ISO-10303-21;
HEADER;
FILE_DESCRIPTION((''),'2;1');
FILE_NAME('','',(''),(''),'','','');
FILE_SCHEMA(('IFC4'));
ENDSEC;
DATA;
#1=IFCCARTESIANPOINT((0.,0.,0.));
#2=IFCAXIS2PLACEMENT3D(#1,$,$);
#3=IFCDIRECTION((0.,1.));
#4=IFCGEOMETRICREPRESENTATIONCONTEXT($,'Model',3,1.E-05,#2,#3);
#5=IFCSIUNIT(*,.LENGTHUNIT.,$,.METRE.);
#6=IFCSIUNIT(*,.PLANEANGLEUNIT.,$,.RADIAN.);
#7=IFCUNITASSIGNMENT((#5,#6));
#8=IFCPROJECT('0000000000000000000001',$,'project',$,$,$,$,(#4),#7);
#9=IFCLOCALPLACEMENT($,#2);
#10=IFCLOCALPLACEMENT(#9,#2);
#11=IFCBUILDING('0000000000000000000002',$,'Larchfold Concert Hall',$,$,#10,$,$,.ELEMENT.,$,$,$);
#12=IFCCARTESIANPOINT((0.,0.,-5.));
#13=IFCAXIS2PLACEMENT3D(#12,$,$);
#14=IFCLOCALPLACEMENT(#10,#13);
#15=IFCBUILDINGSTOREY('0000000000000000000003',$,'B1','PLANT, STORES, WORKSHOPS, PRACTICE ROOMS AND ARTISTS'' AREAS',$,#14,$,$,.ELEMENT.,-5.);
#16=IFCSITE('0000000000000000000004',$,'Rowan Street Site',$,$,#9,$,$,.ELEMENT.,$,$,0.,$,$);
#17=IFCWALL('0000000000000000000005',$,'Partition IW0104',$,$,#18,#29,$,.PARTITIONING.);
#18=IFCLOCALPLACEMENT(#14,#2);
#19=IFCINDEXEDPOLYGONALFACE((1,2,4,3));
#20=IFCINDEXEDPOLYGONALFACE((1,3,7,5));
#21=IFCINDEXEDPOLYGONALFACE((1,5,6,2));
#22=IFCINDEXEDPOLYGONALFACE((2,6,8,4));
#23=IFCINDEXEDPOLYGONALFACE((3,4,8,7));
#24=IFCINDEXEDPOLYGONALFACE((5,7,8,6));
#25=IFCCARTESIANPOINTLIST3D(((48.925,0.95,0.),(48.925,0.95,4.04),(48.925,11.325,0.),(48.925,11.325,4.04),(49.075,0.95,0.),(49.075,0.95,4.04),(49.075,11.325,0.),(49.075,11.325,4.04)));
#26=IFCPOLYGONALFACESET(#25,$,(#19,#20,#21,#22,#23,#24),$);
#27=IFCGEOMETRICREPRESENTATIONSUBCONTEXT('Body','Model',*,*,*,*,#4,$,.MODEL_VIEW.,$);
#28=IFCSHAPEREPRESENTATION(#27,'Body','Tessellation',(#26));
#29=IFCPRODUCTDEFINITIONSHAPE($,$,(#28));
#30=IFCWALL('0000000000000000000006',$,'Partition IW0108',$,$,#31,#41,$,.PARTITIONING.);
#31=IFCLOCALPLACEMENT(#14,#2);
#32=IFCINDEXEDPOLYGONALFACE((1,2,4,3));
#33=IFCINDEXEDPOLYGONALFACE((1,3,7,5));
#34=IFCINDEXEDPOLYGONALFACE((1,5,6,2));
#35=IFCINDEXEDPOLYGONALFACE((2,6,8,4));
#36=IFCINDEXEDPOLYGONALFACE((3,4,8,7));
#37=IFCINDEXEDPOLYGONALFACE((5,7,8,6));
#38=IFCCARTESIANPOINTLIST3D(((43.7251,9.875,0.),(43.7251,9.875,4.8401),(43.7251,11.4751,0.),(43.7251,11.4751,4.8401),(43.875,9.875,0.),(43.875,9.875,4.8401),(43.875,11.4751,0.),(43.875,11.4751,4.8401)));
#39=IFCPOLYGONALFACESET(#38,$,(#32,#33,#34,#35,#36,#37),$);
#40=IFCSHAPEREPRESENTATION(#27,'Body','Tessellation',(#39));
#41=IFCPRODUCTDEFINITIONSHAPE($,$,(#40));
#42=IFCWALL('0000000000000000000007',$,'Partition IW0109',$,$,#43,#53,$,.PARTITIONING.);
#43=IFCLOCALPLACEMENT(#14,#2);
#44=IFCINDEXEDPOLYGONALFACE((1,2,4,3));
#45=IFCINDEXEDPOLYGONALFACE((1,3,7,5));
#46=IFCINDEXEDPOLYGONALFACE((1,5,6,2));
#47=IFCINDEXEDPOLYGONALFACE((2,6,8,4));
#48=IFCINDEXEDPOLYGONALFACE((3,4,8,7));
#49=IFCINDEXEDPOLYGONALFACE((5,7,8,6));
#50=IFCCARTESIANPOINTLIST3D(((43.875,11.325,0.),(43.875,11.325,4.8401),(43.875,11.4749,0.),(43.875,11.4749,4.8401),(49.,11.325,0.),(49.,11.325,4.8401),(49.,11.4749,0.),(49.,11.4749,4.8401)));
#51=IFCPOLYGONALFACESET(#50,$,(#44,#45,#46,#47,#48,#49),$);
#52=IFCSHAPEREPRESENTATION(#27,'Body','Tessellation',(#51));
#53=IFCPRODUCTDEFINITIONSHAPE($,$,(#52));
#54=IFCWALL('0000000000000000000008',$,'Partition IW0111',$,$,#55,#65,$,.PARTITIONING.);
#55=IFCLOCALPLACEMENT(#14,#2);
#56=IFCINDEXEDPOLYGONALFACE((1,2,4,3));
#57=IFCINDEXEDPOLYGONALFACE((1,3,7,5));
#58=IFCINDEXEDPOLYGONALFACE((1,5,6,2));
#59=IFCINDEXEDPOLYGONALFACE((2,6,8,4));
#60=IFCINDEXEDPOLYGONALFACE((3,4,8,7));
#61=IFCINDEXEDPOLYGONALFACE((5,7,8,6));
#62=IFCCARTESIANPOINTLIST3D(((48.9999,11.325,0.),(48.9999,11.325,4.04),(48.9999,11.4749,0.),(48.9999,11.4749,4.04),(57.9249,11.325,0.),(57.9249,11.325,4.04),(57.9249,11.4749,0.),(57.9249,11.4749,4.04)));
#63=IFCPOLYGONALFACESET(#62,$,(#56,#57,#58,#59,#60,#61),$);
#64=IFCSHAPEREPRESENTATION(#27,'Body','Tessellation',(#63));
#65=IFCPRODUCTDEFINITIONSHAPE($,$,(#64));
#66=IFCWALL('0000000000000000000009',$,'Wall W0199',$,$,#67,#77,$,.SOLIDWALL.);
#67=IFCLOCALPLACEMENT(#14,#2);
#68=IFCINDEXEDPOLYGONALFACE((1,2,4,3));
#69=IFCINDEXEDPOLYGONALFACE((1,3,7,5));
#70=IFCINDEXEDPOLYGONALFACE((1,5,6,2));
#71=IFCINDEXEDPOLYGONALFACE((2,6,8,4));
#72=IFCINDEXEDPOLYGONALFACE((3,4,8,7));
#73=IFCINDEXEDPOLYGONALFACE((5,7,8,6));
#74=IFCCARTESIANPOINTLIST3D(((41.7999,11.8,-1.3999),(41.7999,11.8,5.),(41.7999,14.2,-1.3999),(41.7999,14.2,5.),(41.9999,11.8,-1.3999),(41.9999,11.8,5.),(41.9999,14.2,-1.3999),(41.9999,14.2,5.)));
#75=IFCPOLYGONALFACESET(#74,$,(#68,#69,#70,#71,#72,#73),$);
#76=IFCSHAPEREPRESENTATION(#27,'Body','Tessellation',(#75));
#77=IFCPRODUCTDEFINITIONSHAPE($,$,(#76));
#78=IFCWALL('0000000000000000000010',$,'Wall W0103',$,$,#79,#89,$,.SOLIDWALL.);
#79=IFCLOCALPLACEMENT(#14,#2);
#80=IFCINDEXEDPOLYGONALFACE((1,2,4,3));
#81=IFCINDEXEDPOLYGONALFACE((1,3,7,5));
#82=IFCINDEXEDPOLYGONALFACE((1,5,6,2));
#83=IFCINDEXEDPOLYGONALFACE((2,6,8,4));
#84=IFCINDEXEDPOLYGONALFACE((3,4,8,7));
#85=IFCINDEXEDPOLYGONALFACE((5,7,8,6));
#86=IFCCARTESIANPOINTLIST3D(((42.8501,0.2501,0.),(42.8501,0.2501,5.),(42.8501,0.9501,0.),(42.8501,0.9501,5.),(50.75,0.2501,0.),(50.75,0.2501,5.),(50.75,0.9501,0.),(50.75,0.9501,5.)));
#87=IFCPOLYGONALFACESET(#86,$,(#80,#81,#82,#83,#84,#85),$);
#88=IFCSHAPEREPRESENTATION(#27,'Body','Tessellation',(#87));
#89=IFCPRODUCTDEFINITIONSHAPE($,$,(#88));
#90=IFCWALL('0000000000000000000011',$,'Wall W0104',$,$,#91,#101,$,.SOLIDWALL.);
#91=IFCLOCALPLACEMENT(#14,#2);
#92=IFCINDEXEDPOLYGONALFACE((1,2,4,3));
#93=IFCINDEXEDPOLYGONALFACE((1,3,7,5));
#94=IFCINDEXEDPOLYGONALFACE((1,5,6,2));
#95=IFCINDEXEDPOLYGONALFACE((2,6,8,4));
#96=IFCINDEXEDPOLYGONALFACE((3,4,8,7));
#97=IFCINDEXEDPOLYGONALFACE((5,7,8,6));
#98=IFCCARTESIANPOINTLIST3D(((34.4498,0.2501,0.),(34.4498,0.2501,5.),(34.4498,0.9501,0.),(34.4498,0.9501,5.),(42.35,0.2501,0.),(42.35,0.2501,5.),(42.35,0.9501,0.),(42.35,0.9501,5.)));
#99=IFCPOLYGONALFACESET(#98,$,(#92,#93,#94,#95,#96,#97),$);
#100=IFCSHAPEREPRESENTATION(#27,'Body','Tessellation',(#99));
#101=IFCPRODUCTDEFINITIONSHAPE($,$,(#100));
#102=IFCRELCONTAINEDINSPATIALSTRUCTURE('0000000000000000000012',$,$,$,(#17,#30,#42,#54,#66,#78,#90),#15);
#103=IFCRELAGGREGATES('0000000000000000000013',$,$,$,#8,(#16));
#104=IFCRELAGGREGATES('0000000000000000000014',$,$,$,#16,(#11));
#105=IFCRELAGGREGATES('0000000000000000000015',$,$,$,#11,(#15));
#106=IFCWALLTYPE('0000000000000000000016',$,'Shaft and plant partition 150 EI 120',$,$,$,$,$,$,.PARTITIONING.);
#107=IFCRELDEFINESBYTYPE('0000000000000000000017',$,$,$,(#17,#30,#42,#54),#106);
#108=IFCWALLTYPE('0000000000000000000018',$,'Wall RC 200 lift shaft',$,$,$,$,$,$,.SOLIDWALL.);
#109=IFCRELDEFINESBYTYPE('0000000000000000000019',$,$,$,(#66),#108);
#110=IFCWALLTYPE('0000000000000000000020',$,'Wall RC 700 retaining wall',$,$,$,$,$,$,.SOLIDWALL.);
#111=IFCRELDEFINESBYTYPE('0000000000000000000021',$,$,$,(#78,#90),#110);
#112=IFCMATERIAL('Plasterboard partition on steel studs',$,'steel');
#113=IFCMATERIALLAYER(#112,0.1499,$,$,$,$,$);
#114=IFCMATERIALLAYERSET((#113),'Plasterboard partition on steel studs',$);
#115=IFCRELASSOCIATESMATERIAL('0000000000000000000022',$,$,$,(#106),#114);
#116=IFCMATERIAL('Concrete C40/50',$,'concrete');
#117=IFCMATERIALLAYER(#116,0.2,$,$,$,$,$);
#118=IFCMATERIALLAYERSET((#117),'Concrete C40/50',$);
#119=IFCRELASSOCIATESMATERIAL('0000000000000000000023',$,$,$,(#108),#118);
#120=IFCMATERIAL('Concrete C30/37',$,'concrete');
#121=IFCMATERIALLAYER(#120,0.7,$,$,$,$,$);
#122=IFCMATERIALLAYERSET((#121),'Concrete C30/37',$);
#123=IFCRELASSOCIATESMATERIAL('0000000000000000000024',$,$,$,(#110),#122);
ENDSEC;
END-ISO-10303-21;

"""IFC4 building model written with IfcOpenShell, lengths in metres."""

from ifc_helpers import new_model, si_unit, direction, frame, frame_2d, origin, place, context, subcontext, project, spatial, rectangle, extrude, material, layer, layer_set, type_object, element, save


model = new_model("IFC4")

# Units and contexts
model_context = context("Model", 3, precision=1e-05, world=origin(), true_north=direction((0.0, 1.0)))
body_context = subcontext(model_context, "Body", "Model", "MODEL_VIEW")
ifc_project = project(units=[si_unit("LENGTHUNIT", "METRE"), si_unit("PLANEANGLEUNIT", "RADIAN")], contexts=[model_context])

# Site, building, storey
site_placement = place(None, origin())
site = spatial("IfcSite", under=ifc_project, at=site_placement, Name="Rowan Street Site", CompositionType="ELEMENT", RefElevation=0.0)
building_placement = place(site_placement, origin())
building = spatial("IfcBuilding", under=site, at=building_placement, Name="Larchfold Concert Hall", CompositionType="ELEMENT")
storey_placement = place(building_placement, frame((0.0, 0.0, -5.0)))
storey = spatial("IfcBuildingStorey", under=building, at=storey_placement, Name="B1", Description="PLANT, STORES, WORKSHOPS, PRACTICE ROOMS AND ARTISTS' AREAS", CompositionType="ELEMENT", Elevation=-5.0)

# Walls
ifc_material_1 = material(Name="Plasterboard partition on steel studs", Category="steel")
ifc_layer_1 = layer(ifc_material_1, 0.1499)
ifc_layer_set_1 = layer_set([ifc_layer_1], Name="Plasterboard partition on steel studs")
wall_type_1 = type_object("IfcWallType", Name="Shaft and plant partition 150 EI 120", PredefinedType="PARTITIONING", material=ifc_layer_set_1)
wall_1_placement = place(storey_placement, frame((49.0, 11.325, 0.0), z_axis=(0.0, 0.0, 1.0), x_axis=(0.0, -1.0, 0.0)))
element("IfcWall", 1, at=wall_1_placement, inside=storey, type_object=wall_type_1, Name="Partition IW0104", PredefinedType="PARTITIONING", context=body_context, shape_type="SweptSolid", body=[
    extrude(rectangle(XDim=10.375, YDim=0.1499, at=frame_2d((5.1875, 0.0))), origin(), (0.0, 0.0, 1.0), 4.04),
])
wall_2_placement = place(storey_placement, frame((43.8, 9.875, 0.0), z_axis=(0.0, 0.0, 1.0), x_axis=(0.0, 1.0, 0.0)))
element("IfcWall", 2, at=wall_2_placement, inside=storey, type_object=wall_type_1, Name="Partition IW0108", PredefinedType="PARTITIONING", context=body_context, shape_type="SweptSolid", body=[
    extrude(rectangle(XDim=1.6001, YDim=0.1499, at=frame_2d((0.8, 0.0))), origin(), (0.0, 0.0, 1.0), 4.8401),
])
wall_3_placement = place(storey_placement, frame((43.875, 11.3999, 0.0), z_axis=(0.0, 0.0, 1.0), x_axis=(1.0, 0.0, 0.0)))
element("IfcWall", 3, at=wall_3_placement, inside=storey, type_object=wall_type_1, Name="Partition IW0109", PredefinedType="PARTITIONING", context=body_context, shape_type="SweptSolid", body=[
    extrude(rectangle(XDim=5.125, YDim=0.1499, at=frame_2d((2.5625, 0.0))), origin(), (0.0, 0.0, 1.0), 4.8401),
])
wall_4_placement = place(storey_placement, frame((49.0, 11.3999, 0.0), z_axis=(0.0, 0.0, 1.0), x_axis=(1.0, 0.0, 0.0)))
element("IfcWall", 4, at=wall_4_placement, inside=storey, type_object=wall_type_1, Name="Partition IW0111", PredefinedType="PARTITIONING", context=body_context, shape_type="SweptSolid", body=[
    extrude(rectangle(XDim=8.925, YDim=0.1499, at=frame_2d((4.4624, 0.0))), origin(), (0.0, 0.0, 1.0), 4.04),
])
ifc_material_2 = material(Name="Concrete C40/50", Category="concrete")
ifc_layer_2 = layer(ifc_material_2, 0.2)
ifc_layer_set_2 = layer_set([ifc_layer_2], Name="Concrete C40/50")
wall_type_2 = type_object("IfcWallType", Name="Wall RC 200 lift shaft", PredefinedType="SOLIDWALL", material=ifc_layer_set_2)
wall_5_placement = place(storey_placement, frame((41.8999, 11.8, -1.3999), z_axis=(0.0, 0.0, 1.0), x_axis=(0.0, 1.0, 0.0)))
element("IfcWall", 5, at=wall_5_placement, inside=storey, type_object=wall_type_2, Name="Wall W0199", PredefinedType="SOLIDWALL", context=body_context, shape_type="SweptSolid", body=[
    extrude(rectangle(XDim=2.3999, YDim=0.2, at=frame_2d((1.2, 0.0))), origin(), (0.0, 0.0, 1.0), 6.3999),
])
ifc_material_3 = material(Name="Concrete C30/37", Category="concrete")
ifc_layer_3 = layer(ifc_material_3, 0.7)
ifc_layer_set_3 = layer_set([ifc_layer_3], Name="Concrete C30/37")
wall_type_3 = type_object("IfcWallType", Name="Wall RC 700 retaining wall", PredefinedType="SOLIDWALL", material=ifc_layer_set_3)
wall_6_placement = place(storey_placement, frame((50.75, 0.6001, 0.0), z_axis=(0.0, 0.0, 1.0), x_axis=(-1.0, 0.0, 0.0)))
element("IfcWall", 6, at=wall_6_placement, inside=storey, type_object=wall_type_3, Name="Wall W0103", PredefinedType="SOLIDWALL", context=body_context, shape_type="SweptSolid", body=[
    extrude(rectangle(XDim=7.8999, YDim=0.7, at=frame_2d((3.95, 0.0))), origin(), (0.0, 0.0, 1.0), 5.0),
])
wall_7_placement = place(storey_placement, frame((42.3501, 0.6001, 0.0), z_axis=(0.0, 0.0, 1.0), x_axis=(-1.0, 0.0, 0.0)))
element("IfcWall", 7, at=wall_7_placement, inside=storey, type_object=wall_type_3, Name="Wall W0104", PredefinedType="SOLIDWALL", context=body_context, shape_type="SweptSolid", body=[
    extrude(rectangle(XDim=7.9001, YDim=0.7, at=frame_2d((3.9502, 0.0))), origin(), (0.0, 0.0, 1.0), 5.0),
])

save(model, "model.ifc")
